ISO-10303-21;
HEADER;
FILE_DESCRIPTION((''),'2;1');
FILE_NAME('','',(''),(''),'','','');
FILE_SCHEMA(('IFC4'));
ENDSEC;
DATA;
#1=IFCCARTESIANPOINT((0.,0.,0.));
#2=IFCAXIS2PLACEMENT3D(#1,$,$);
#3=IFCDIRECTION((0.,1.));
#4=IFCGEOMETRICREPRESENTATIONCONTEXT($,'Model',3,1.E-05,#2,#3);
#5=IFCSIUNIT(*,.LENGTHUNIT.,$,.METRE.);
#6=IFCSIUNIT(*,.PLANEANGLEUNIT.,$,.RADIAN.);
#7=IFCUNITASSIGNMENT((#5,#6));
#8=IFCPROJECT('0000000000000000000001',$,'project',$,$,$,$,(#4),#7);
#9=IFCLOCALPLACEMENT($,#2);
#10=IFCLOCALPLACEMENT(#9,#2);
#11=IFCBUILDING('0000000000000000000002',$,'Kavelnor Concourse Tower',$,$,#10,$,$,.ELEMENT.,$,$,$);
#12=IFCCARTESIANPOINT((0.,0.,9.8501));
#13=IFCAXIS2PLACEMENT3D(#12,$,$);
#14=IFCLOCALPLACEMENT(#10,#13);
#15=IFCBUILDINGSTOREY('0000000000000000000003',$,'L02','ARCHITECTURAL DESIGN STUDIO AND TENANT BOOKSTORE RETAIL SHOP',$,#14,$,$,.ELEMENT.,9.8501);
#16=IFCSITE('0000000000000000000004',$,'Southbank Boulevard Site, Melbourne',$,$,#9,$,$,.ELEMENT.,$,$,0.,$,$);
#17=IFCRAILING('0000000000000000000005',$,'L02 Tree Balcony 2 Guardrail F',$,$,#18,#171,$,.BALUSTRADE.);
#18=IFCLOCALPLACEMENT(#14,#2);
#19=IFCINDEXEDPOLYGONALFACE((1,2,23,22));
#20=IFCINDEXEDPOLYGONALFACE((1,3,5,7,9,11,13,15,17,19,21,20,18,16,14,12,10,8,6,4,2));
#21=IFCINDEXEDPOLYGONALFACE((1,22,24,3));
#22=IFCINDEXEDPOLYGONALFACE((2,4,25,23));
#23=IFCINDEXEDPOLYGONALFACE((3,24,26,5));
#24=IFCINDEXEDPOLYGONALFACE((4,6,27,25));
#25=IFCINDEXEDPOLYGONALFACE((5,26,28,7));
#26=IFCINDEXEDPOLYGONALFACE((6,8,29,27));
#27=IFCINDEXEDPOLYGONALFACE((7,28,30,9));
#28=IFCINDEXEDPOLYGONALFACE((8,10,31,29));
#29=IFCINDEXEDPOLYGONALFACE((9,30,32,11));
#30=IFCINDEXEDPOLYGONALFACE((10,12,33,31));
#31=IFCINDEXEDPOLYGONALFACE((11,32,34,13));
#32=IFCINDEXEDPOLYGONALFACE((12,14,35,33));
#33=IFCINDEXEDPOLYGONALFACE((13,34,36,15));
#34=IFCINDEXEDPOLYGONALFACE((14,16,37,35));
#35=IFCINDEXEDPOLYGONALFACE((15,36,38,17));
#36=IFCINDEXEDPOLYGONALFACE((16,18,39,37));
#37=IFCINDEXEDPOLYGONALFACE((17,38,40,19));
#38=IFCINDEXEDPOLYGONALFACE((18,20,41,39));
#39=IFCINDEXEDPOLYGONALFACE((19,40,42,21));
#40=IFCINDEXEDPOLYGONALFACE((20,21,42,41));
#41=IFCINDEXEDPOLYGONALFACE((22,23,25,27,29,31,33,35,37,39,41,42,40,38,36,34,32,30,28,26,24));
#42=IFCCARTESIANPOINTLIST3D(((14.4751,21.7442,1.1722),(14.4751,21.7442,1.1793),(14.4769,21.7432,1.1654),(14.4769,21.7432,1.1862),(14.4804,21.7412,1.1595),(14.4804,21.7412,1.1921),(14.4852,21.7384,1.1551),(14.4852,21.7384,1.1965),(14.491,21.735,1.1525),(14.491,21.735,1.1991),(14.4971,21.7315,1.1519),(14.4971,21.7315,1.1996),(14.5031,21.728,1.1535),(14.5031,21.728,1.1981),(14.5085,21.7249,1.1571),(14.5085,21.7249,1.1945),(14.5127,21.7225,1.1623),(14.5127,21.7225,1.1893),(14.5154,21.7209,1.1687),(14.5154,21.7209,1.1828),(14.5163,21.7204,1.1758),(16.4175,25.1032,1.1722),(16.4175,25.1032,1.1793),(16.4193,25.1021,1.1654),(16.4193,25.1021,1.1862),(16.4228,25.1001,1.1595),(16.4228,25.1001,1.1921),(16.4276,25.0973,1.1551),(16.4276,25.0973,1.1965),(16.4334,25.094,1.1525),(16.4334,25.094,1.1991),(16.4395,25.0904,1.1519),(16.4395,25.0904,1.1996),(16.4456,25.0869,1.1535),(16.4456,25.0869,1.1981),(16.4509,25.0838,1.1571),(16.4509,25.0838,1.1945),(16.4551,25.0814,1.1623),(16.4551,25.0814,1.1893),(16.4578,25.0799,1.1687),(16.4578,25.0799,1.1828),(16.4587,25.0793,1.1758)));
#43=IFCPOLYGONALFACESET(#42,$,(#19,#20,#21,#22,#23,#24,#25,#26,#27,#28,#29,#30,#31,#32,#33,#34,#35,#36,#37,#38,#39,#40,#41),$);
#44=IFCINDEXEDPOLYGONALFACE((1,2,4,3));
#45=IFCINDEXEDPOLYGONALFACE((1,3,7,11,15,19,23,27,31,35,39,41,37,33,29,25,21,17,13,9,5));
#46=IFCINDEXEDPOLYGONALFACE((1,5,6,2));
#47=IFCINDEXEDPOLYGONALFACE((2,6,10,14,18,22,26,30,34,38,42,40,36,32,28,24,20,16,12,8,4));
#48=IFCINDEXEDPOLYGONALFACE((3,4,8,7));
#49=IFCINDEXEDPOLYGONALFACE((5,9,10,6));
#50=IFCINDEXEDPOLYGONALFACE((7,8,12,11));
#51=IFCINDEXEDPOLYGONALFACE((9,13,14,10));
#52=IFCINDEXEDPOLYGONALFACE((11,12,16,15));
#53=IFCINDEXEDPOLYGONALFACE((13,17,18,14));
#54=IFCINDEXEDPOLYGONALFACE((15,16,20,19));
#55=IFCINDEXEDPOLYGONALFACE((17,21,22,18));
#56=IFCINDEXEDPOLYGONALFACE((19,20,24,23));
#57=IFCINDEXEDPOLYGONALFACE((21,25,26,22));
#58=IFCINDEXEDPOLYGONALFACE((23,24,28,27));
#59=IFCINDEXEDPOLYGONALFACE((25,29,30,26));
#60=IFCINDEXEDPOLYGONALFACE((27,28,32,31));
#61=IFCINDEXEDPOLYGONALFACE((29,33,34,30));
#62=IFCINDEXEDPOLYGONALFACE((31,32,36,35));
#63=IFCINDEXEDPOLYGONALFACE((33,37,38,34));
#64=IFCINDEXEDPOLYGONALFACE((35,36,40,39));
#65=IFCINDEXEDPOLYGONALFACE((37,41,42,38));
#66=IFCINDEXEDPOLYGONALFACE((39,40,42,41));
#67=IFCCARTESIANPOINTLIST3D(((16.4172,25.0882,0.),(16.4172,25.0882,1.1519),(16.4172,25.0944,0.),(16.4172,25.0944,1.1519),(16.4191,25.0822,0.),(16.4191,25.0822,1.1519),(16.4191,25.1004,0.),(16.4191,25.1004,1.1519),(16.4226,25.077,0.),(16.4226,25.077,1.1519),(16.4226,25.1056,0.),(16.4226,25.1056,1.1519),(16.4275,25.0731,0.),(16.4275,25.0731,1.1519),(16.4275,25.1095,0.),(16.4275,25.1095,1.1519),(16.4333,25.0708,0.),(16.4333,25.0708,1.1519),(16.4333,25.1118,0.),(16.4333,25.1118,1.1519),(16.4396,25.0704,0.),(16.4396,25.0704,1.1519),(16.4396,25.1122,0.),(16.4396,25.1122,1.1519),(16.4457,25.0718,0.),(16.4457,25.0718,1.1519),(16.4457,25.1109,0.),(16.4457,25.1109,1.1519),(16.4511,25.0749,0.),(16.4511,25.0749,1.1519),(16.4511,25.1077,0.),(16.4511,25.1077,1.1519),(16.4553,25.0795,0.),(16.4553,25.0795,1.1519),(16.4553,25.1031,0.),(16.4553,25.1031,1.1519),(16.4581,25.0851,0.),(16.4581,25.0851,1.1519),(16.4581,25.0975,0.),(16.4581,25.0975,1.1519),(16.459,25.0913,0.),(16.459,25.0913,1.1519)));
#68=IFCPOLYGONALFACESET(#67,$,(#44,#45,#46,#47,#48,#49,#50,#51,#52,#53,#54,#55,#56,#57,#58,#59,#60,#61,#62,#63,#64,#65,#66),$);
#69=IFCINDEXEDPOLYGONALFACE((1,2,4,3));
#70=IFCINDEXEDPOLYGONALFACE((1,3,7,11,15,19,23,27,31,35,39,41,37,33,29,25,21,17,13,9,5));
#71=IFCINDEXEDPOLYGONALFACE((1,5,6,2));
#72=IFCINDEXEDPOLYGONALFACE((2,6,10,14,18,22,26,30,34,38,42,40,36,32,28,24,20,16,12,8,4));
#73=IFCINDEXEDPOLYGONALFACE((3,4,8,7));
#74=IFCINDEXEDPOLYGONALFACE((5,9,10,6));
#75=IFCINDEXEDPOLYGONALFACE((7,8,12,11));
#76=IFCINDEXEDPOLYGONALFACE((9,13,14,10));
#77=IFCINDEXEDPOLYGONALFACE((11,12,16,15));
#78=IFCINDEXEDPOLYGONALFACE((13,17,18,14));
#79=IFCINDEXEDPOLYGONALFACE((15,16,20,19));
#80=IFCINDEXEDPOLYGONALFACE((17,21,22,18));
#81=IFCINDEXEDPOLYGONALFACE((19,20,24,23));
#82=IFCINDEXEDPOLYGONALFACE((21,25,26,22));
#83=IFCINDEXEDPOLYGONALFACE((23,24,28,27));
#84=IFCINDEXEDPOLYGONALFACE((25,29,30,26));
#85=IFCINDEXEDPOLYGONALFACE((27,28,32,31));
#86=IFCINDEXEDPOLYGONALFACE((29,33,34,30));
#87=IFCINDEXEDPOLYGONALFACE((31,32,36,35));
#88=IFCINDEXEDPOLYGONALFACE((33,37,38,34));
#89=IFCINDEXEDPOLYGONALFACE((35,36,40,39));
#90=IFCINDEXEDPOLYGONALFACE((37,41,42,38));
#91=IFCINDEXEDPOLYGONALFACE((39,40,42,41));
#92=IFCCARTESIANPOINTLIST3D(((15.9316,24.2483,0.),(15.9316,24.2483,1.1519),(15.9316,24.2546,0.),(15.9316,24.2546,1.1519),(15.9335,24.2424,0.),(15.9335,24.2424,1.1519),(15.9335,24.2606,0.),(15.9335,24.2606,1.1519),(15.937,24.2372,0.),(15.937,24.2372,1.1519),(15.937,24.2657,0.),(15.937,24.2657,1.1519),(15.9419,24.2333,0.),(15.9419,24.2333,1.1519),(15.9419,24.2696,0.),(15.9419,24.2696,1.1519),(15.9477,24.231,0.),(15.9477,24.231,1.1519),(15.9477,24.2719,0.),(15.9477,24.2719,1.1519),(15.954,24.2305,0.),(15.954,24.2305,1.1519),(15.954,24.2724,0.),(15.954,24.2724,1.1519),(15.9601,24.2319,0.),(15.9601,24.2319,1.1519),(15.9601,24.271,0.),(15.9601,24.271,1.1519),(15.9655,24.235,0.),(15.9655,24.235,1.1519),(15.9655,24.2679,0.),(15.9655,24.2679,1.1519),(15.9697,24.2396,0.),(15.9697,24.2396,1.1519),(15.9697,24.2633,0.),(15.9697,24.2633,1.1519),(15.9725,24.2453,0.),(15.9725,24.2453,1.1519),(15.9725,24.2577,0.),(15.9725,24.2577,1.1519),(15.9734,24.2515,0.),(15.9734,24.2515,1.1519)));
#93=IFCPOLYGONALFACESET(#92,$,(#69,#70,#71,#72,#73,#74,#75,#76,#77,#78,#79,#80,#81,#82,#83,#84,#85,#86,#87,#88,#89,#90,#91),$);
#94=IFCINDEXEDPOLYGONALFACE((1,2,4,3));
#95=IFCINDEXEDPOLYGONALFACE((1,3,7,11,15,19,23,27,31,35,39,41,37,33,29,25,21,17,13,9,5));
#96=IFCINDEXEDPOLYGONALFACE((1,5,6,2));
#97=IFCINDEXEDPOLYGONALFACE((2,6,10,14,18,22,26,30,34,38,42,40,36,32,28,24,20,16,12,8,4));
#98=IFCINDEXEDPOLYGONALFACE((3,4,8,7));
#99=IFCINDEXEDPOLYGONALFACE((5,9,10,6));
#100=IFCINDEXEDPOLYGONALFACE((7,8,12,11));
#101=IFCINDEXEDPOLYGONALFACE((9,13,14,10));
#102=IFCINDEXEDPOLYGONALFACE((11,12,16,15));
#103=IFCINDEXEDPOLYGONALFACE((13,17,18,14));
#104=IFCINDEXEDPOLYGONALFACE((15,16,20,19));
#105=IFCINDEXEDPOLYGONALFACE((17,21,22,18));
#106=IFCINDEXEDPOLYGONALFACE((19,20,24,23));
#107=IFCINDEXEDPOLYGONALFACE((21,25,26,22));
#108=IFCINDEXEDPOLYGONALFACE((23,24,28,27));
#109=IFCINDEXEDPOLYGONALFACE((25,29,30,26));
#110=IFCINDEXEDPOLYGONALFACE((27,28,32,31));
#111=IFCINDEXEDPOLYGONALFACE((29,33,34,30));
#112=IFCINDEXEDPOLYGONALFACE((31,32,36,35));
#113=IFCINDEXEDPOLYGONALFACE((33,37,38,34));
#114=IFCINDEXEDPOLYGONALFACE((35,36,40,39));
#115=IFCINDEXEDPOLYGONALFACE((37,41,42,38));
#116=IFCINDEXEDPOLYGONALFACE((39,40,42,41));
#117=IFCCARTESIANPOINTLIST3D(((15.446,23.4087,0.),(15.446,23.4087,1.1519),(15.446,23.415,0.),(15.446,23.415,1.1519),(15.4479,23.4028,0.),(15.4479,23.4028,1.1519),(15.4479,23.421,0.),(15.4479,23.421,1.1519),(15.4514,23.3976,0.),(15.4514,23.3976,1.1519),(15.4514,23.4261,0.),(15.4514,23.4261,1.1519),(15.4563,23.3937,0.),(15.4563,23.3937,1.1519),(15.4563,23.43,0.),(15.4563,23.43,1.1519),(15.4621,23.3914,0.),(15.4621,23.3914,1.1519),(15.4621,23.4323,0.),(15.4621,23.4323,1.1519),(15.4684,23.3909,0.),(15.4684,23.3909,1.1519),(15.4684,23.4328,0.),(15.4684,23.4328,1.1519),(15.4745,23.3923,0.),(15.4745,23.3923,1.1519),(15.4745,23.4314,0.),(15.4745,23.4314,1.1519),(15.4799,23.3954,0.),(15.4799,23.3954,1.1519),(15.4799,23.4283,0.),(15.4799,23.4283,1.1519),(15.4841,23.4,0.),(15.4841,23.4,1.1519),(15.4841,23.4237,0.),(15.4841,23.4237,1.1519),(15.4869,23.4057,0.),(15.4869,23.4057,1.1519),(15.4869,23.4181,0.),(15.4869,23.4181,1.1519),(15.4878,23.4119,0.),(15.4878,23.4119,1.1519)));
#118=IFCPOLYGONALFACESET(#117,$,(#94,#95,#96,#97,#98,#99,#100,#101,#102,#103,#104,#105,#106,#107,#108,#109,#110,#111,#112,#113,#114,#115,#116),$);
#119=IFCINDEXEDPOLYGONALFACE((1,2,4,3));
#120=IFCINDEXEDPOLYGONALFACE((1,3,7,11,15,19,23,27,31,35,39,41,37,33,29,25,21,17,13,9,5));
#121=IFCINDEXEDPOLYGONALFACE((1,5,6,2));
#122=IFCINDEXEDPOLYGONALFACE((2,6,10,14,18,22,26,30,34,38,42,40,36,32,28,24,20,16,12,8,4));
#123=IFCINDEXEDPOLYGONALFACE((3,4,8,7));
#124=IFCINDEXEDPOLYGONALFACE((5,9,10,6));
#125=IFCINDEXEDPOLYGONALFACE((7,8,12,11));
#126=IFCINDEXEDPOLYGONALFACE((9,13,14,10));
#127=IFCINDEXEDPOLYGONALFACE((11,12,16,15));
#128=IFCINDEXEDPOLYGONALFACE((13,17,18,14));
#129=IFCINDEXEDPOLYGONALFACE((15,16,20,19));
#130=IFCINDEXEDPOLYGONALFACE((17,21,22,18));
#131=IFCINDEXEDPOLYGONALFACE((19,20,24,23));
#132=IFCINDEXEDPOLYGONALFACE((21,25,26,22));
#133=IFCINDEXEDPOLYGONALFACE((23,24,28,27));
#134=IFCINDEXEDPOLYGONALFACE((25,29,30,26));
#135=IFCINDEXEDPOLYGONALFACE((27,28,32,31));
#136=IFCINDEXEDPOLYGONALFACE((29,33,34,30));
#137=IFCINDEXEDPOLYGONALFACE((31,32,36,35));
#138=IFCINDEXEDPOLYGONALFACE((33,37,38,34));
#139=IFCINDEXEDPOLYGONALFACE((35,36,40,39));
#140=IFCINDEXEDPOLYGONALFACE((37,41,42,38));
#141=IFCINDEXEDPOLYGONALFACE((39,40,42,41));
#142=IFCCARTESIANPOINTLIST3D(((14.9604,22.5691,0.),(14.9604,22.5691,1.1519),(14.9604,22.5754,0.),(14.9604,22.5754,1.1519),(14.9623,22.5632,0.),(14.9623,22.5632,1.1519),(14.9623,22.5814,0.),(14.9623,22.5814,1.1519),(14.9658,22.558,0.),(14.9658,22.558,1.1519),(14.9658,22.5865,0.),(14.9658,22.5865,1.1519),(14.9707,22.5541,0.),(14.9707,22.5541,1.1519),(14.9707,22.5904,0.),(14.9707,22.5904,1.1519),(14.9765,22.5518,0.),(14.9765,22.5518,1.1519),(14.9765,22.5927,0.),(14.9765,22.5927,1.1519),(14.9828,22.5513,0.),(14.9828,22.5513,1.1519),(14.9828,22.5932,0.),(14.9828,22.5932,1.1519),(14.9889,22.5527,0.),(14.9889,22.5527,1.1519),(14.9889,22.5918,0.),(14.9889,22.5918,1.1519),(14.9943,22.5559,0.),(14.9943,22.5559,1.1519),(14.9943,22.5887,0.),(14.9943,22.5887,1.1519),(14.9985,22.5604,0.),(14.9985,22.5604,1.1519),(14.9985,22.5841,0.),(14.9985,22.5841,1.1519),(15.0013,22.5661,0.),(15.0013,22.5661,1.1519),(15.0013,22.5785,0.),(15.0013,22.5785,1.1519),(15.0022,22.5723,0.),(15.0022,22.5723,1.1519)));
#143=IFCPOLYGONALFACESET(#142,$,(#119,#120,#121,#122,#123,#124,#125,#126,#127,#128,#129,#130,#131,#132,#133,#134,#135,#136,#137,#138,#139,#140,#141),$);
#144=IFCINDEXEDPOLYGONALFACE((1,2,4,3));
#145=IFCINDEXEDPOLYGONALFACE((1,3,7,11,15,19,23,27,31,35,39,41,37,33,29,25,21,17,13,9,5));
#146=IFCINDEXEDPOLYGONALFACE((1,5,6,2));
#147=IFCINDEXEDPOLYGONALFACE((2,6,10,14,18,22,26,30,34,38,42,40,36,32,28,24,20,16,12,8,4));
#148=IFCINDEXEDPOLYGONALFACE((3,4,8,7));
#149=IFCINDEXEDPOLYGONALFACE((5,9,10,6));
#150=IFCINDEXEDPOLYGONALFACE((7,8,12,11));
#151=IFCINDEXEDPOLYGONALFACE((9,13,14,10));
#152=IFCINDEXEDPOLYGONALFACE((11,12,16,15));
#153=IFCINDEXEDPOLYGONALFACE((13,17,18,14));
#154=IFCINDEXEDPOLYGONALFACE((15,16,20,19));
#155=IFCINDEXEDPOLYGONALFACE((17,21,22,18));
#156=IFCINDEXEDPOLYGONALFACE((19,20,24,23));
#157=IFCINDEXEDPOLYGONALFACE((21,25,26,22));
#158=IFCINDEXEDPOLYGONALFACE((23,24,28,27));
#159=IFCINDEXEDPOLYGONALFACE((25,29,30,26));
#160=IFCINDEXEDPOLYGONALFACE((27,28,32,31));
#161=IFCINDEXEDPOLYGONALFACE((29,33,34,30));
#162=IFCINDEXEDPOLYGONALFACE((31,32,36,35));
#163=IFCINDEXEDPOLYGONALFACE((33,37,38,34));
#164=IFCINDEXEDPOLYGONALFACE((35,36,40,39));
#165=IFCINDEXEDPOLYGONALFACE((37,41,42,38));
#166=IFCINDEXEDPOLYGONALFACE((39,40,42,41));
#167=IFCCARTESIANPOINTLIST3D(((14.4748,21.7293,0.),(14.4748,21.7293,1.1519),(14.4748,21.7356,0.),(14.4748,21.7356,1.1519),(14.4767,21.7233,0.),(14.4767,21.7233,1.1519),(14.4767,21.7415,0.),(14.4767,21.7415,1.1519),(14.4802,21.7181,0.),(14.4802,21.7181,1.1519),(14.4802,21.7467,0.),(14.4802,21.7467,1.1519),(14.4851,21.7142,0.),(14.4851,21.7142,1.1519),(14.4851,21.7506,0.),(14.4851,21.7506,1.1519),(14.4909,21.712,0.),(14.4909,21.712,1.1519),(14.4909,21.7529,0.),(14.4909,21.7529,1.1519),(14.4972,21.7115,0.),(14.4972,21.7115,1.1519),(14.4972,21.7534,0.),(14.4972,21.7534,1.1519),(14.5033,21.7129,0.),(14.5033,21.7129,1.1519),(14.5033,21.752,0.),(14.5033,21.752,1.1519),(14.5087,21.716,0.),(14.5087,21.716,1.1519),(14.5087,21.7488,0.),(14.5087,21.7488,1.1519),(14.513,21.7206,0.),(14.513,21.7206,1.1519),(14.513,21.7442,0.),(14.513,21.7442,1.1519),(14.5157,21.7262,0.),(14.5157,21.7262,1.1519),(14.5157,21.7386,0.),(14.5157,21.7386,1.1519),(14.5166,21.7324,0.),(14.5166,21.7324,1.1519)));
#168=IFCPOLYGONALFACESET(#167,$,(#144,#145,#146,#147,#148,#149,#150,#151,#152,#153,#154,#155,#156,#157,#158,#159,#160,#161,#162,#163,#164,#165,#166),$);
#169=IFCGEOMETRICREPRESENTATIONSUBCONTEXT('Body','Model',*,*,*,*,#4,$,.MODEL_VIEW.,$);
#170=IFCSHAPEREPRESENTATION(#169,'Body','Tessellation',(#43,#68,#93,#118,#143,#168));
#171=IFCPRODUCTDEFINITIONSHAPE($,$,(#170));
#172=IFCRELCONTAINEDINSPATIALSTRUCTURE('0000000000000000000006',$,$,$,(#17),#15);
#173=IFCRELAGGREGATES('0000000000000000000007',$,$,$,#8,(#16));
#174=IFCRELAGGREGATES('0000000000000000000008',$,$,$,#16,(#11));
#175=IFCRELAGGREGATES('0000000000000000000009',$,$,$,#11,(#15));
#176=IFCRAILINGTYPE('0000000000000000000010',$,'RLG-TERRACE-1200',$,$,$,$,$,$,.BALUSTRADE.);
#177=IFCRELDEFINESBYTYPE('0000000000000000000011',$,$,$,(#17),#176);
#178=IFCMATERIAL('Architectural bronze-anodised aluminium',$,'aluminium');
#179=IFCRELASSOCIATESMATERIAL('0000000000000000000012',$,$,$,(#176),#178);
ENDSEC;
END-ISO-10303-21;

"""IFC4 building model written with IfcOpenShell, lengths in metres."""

from ifc_helpers import new_model, si_unit, direction, frame, origin, origin_2d, place, context, subcontext, project, spatial, circle, extrude, material, type_object, element, save


model = new_model("IFC4")

# Units and contexts
model_context = context("Model", 3, precision=1e-05, world=origin(), true_north=direction((0.0, 1.0)))
body_context = subcontext(model_context, "Body", "Model", "MODEL_VIEW")
ifc_project = project(units=[si_unit("LENGTHUNIT", "METRE"), si_unit("PLANEANGLEUNIT", "RADIAN")], contexts=[model_context])

# Site, building, storey
site_placement = place(None, origin())
site = spatial("IfcSite", under=ifc_project, at=site_placement, Name="Southbank Boulevard Site, Melbourne", CompositionType="ELEMENT", RefElevation=0.0)
building_placement = place(site_placement, origin())
building = spatial("IfcBuilding", under=site, at=building_placement, Name="Kavelnor Concourse Tower", CompositionType="ELEMENT")
storey_placement = place(building_placement, frame((0.0, 0.0, 9.8501)))
storey = spatial("IfcBuildingStorey", under=building, at=storey_placement, Name="L02", Description="ARCHITECTURAL DESIGN STUDIO AND TENANT BOOKSTORE RETAIL SHOP", CompositionType="ELEMENT", Elevation=9.8501)

# Railing
ifc_material_1 = material(Name="Architectural bronze-anodised aluminium", Category="aluminium")
railing_type = type_object("IfcRailingType", Name="RLG-TERRACE-1200", PredefinedType="BALUSTRADE", material=ifc_material_1)
railing_placement = place(storey_placement, frame((16.438, 25.0913, 0.0)))
element("IfcRailing", 1, at=railing_placement, inside=storey, type_object=railing_type, Name="L02 Tree Balcony 2 Guardrail F", PredefinedType="BALUSTRADE", context=body_context, shape_type="SweptSolid", body=[
    extrude(circle(Radius=0.0239, at=origin_2d()), frame((0.0, 0.0, 1.1758), z_axis=(-0.500605, -0.865676, 0.0), x_axis=(0.865676, -0.500605, 0.0)), (0.0, 0.0, 1.0), 3.8801),
    extrude(circle(Radius=0.021, at=origin_2d()), origin(), (0.0, 0.0, 1.0), 1.1519),
    extrude(circle(Radius=0.021, at=origin_2d()), frame((-0.4856, -0.8398, 0.0)), (0.0, 0.0, 1.0), 1.1519),
    extrude(circle(Radius=0.021, at=origin_2d()), frame((-0.9712, -1.6794, 0.0)), (0.0, 0.0, 1.0), 1.1519),
    extrude(circle(Radius=0.021, at=origin_2d()), frame((-1.4568, -2.519, 0.0)), (0.0, 0.0, 1.0), 1.1519),
    extrude(circle(Radius=0.021, at=origin_2d()), frame((-1.9424, -3.3589, 0.0)), (0.0, 0.0, 1.0), 1.1519),
])

save(model, "model.ifc")
